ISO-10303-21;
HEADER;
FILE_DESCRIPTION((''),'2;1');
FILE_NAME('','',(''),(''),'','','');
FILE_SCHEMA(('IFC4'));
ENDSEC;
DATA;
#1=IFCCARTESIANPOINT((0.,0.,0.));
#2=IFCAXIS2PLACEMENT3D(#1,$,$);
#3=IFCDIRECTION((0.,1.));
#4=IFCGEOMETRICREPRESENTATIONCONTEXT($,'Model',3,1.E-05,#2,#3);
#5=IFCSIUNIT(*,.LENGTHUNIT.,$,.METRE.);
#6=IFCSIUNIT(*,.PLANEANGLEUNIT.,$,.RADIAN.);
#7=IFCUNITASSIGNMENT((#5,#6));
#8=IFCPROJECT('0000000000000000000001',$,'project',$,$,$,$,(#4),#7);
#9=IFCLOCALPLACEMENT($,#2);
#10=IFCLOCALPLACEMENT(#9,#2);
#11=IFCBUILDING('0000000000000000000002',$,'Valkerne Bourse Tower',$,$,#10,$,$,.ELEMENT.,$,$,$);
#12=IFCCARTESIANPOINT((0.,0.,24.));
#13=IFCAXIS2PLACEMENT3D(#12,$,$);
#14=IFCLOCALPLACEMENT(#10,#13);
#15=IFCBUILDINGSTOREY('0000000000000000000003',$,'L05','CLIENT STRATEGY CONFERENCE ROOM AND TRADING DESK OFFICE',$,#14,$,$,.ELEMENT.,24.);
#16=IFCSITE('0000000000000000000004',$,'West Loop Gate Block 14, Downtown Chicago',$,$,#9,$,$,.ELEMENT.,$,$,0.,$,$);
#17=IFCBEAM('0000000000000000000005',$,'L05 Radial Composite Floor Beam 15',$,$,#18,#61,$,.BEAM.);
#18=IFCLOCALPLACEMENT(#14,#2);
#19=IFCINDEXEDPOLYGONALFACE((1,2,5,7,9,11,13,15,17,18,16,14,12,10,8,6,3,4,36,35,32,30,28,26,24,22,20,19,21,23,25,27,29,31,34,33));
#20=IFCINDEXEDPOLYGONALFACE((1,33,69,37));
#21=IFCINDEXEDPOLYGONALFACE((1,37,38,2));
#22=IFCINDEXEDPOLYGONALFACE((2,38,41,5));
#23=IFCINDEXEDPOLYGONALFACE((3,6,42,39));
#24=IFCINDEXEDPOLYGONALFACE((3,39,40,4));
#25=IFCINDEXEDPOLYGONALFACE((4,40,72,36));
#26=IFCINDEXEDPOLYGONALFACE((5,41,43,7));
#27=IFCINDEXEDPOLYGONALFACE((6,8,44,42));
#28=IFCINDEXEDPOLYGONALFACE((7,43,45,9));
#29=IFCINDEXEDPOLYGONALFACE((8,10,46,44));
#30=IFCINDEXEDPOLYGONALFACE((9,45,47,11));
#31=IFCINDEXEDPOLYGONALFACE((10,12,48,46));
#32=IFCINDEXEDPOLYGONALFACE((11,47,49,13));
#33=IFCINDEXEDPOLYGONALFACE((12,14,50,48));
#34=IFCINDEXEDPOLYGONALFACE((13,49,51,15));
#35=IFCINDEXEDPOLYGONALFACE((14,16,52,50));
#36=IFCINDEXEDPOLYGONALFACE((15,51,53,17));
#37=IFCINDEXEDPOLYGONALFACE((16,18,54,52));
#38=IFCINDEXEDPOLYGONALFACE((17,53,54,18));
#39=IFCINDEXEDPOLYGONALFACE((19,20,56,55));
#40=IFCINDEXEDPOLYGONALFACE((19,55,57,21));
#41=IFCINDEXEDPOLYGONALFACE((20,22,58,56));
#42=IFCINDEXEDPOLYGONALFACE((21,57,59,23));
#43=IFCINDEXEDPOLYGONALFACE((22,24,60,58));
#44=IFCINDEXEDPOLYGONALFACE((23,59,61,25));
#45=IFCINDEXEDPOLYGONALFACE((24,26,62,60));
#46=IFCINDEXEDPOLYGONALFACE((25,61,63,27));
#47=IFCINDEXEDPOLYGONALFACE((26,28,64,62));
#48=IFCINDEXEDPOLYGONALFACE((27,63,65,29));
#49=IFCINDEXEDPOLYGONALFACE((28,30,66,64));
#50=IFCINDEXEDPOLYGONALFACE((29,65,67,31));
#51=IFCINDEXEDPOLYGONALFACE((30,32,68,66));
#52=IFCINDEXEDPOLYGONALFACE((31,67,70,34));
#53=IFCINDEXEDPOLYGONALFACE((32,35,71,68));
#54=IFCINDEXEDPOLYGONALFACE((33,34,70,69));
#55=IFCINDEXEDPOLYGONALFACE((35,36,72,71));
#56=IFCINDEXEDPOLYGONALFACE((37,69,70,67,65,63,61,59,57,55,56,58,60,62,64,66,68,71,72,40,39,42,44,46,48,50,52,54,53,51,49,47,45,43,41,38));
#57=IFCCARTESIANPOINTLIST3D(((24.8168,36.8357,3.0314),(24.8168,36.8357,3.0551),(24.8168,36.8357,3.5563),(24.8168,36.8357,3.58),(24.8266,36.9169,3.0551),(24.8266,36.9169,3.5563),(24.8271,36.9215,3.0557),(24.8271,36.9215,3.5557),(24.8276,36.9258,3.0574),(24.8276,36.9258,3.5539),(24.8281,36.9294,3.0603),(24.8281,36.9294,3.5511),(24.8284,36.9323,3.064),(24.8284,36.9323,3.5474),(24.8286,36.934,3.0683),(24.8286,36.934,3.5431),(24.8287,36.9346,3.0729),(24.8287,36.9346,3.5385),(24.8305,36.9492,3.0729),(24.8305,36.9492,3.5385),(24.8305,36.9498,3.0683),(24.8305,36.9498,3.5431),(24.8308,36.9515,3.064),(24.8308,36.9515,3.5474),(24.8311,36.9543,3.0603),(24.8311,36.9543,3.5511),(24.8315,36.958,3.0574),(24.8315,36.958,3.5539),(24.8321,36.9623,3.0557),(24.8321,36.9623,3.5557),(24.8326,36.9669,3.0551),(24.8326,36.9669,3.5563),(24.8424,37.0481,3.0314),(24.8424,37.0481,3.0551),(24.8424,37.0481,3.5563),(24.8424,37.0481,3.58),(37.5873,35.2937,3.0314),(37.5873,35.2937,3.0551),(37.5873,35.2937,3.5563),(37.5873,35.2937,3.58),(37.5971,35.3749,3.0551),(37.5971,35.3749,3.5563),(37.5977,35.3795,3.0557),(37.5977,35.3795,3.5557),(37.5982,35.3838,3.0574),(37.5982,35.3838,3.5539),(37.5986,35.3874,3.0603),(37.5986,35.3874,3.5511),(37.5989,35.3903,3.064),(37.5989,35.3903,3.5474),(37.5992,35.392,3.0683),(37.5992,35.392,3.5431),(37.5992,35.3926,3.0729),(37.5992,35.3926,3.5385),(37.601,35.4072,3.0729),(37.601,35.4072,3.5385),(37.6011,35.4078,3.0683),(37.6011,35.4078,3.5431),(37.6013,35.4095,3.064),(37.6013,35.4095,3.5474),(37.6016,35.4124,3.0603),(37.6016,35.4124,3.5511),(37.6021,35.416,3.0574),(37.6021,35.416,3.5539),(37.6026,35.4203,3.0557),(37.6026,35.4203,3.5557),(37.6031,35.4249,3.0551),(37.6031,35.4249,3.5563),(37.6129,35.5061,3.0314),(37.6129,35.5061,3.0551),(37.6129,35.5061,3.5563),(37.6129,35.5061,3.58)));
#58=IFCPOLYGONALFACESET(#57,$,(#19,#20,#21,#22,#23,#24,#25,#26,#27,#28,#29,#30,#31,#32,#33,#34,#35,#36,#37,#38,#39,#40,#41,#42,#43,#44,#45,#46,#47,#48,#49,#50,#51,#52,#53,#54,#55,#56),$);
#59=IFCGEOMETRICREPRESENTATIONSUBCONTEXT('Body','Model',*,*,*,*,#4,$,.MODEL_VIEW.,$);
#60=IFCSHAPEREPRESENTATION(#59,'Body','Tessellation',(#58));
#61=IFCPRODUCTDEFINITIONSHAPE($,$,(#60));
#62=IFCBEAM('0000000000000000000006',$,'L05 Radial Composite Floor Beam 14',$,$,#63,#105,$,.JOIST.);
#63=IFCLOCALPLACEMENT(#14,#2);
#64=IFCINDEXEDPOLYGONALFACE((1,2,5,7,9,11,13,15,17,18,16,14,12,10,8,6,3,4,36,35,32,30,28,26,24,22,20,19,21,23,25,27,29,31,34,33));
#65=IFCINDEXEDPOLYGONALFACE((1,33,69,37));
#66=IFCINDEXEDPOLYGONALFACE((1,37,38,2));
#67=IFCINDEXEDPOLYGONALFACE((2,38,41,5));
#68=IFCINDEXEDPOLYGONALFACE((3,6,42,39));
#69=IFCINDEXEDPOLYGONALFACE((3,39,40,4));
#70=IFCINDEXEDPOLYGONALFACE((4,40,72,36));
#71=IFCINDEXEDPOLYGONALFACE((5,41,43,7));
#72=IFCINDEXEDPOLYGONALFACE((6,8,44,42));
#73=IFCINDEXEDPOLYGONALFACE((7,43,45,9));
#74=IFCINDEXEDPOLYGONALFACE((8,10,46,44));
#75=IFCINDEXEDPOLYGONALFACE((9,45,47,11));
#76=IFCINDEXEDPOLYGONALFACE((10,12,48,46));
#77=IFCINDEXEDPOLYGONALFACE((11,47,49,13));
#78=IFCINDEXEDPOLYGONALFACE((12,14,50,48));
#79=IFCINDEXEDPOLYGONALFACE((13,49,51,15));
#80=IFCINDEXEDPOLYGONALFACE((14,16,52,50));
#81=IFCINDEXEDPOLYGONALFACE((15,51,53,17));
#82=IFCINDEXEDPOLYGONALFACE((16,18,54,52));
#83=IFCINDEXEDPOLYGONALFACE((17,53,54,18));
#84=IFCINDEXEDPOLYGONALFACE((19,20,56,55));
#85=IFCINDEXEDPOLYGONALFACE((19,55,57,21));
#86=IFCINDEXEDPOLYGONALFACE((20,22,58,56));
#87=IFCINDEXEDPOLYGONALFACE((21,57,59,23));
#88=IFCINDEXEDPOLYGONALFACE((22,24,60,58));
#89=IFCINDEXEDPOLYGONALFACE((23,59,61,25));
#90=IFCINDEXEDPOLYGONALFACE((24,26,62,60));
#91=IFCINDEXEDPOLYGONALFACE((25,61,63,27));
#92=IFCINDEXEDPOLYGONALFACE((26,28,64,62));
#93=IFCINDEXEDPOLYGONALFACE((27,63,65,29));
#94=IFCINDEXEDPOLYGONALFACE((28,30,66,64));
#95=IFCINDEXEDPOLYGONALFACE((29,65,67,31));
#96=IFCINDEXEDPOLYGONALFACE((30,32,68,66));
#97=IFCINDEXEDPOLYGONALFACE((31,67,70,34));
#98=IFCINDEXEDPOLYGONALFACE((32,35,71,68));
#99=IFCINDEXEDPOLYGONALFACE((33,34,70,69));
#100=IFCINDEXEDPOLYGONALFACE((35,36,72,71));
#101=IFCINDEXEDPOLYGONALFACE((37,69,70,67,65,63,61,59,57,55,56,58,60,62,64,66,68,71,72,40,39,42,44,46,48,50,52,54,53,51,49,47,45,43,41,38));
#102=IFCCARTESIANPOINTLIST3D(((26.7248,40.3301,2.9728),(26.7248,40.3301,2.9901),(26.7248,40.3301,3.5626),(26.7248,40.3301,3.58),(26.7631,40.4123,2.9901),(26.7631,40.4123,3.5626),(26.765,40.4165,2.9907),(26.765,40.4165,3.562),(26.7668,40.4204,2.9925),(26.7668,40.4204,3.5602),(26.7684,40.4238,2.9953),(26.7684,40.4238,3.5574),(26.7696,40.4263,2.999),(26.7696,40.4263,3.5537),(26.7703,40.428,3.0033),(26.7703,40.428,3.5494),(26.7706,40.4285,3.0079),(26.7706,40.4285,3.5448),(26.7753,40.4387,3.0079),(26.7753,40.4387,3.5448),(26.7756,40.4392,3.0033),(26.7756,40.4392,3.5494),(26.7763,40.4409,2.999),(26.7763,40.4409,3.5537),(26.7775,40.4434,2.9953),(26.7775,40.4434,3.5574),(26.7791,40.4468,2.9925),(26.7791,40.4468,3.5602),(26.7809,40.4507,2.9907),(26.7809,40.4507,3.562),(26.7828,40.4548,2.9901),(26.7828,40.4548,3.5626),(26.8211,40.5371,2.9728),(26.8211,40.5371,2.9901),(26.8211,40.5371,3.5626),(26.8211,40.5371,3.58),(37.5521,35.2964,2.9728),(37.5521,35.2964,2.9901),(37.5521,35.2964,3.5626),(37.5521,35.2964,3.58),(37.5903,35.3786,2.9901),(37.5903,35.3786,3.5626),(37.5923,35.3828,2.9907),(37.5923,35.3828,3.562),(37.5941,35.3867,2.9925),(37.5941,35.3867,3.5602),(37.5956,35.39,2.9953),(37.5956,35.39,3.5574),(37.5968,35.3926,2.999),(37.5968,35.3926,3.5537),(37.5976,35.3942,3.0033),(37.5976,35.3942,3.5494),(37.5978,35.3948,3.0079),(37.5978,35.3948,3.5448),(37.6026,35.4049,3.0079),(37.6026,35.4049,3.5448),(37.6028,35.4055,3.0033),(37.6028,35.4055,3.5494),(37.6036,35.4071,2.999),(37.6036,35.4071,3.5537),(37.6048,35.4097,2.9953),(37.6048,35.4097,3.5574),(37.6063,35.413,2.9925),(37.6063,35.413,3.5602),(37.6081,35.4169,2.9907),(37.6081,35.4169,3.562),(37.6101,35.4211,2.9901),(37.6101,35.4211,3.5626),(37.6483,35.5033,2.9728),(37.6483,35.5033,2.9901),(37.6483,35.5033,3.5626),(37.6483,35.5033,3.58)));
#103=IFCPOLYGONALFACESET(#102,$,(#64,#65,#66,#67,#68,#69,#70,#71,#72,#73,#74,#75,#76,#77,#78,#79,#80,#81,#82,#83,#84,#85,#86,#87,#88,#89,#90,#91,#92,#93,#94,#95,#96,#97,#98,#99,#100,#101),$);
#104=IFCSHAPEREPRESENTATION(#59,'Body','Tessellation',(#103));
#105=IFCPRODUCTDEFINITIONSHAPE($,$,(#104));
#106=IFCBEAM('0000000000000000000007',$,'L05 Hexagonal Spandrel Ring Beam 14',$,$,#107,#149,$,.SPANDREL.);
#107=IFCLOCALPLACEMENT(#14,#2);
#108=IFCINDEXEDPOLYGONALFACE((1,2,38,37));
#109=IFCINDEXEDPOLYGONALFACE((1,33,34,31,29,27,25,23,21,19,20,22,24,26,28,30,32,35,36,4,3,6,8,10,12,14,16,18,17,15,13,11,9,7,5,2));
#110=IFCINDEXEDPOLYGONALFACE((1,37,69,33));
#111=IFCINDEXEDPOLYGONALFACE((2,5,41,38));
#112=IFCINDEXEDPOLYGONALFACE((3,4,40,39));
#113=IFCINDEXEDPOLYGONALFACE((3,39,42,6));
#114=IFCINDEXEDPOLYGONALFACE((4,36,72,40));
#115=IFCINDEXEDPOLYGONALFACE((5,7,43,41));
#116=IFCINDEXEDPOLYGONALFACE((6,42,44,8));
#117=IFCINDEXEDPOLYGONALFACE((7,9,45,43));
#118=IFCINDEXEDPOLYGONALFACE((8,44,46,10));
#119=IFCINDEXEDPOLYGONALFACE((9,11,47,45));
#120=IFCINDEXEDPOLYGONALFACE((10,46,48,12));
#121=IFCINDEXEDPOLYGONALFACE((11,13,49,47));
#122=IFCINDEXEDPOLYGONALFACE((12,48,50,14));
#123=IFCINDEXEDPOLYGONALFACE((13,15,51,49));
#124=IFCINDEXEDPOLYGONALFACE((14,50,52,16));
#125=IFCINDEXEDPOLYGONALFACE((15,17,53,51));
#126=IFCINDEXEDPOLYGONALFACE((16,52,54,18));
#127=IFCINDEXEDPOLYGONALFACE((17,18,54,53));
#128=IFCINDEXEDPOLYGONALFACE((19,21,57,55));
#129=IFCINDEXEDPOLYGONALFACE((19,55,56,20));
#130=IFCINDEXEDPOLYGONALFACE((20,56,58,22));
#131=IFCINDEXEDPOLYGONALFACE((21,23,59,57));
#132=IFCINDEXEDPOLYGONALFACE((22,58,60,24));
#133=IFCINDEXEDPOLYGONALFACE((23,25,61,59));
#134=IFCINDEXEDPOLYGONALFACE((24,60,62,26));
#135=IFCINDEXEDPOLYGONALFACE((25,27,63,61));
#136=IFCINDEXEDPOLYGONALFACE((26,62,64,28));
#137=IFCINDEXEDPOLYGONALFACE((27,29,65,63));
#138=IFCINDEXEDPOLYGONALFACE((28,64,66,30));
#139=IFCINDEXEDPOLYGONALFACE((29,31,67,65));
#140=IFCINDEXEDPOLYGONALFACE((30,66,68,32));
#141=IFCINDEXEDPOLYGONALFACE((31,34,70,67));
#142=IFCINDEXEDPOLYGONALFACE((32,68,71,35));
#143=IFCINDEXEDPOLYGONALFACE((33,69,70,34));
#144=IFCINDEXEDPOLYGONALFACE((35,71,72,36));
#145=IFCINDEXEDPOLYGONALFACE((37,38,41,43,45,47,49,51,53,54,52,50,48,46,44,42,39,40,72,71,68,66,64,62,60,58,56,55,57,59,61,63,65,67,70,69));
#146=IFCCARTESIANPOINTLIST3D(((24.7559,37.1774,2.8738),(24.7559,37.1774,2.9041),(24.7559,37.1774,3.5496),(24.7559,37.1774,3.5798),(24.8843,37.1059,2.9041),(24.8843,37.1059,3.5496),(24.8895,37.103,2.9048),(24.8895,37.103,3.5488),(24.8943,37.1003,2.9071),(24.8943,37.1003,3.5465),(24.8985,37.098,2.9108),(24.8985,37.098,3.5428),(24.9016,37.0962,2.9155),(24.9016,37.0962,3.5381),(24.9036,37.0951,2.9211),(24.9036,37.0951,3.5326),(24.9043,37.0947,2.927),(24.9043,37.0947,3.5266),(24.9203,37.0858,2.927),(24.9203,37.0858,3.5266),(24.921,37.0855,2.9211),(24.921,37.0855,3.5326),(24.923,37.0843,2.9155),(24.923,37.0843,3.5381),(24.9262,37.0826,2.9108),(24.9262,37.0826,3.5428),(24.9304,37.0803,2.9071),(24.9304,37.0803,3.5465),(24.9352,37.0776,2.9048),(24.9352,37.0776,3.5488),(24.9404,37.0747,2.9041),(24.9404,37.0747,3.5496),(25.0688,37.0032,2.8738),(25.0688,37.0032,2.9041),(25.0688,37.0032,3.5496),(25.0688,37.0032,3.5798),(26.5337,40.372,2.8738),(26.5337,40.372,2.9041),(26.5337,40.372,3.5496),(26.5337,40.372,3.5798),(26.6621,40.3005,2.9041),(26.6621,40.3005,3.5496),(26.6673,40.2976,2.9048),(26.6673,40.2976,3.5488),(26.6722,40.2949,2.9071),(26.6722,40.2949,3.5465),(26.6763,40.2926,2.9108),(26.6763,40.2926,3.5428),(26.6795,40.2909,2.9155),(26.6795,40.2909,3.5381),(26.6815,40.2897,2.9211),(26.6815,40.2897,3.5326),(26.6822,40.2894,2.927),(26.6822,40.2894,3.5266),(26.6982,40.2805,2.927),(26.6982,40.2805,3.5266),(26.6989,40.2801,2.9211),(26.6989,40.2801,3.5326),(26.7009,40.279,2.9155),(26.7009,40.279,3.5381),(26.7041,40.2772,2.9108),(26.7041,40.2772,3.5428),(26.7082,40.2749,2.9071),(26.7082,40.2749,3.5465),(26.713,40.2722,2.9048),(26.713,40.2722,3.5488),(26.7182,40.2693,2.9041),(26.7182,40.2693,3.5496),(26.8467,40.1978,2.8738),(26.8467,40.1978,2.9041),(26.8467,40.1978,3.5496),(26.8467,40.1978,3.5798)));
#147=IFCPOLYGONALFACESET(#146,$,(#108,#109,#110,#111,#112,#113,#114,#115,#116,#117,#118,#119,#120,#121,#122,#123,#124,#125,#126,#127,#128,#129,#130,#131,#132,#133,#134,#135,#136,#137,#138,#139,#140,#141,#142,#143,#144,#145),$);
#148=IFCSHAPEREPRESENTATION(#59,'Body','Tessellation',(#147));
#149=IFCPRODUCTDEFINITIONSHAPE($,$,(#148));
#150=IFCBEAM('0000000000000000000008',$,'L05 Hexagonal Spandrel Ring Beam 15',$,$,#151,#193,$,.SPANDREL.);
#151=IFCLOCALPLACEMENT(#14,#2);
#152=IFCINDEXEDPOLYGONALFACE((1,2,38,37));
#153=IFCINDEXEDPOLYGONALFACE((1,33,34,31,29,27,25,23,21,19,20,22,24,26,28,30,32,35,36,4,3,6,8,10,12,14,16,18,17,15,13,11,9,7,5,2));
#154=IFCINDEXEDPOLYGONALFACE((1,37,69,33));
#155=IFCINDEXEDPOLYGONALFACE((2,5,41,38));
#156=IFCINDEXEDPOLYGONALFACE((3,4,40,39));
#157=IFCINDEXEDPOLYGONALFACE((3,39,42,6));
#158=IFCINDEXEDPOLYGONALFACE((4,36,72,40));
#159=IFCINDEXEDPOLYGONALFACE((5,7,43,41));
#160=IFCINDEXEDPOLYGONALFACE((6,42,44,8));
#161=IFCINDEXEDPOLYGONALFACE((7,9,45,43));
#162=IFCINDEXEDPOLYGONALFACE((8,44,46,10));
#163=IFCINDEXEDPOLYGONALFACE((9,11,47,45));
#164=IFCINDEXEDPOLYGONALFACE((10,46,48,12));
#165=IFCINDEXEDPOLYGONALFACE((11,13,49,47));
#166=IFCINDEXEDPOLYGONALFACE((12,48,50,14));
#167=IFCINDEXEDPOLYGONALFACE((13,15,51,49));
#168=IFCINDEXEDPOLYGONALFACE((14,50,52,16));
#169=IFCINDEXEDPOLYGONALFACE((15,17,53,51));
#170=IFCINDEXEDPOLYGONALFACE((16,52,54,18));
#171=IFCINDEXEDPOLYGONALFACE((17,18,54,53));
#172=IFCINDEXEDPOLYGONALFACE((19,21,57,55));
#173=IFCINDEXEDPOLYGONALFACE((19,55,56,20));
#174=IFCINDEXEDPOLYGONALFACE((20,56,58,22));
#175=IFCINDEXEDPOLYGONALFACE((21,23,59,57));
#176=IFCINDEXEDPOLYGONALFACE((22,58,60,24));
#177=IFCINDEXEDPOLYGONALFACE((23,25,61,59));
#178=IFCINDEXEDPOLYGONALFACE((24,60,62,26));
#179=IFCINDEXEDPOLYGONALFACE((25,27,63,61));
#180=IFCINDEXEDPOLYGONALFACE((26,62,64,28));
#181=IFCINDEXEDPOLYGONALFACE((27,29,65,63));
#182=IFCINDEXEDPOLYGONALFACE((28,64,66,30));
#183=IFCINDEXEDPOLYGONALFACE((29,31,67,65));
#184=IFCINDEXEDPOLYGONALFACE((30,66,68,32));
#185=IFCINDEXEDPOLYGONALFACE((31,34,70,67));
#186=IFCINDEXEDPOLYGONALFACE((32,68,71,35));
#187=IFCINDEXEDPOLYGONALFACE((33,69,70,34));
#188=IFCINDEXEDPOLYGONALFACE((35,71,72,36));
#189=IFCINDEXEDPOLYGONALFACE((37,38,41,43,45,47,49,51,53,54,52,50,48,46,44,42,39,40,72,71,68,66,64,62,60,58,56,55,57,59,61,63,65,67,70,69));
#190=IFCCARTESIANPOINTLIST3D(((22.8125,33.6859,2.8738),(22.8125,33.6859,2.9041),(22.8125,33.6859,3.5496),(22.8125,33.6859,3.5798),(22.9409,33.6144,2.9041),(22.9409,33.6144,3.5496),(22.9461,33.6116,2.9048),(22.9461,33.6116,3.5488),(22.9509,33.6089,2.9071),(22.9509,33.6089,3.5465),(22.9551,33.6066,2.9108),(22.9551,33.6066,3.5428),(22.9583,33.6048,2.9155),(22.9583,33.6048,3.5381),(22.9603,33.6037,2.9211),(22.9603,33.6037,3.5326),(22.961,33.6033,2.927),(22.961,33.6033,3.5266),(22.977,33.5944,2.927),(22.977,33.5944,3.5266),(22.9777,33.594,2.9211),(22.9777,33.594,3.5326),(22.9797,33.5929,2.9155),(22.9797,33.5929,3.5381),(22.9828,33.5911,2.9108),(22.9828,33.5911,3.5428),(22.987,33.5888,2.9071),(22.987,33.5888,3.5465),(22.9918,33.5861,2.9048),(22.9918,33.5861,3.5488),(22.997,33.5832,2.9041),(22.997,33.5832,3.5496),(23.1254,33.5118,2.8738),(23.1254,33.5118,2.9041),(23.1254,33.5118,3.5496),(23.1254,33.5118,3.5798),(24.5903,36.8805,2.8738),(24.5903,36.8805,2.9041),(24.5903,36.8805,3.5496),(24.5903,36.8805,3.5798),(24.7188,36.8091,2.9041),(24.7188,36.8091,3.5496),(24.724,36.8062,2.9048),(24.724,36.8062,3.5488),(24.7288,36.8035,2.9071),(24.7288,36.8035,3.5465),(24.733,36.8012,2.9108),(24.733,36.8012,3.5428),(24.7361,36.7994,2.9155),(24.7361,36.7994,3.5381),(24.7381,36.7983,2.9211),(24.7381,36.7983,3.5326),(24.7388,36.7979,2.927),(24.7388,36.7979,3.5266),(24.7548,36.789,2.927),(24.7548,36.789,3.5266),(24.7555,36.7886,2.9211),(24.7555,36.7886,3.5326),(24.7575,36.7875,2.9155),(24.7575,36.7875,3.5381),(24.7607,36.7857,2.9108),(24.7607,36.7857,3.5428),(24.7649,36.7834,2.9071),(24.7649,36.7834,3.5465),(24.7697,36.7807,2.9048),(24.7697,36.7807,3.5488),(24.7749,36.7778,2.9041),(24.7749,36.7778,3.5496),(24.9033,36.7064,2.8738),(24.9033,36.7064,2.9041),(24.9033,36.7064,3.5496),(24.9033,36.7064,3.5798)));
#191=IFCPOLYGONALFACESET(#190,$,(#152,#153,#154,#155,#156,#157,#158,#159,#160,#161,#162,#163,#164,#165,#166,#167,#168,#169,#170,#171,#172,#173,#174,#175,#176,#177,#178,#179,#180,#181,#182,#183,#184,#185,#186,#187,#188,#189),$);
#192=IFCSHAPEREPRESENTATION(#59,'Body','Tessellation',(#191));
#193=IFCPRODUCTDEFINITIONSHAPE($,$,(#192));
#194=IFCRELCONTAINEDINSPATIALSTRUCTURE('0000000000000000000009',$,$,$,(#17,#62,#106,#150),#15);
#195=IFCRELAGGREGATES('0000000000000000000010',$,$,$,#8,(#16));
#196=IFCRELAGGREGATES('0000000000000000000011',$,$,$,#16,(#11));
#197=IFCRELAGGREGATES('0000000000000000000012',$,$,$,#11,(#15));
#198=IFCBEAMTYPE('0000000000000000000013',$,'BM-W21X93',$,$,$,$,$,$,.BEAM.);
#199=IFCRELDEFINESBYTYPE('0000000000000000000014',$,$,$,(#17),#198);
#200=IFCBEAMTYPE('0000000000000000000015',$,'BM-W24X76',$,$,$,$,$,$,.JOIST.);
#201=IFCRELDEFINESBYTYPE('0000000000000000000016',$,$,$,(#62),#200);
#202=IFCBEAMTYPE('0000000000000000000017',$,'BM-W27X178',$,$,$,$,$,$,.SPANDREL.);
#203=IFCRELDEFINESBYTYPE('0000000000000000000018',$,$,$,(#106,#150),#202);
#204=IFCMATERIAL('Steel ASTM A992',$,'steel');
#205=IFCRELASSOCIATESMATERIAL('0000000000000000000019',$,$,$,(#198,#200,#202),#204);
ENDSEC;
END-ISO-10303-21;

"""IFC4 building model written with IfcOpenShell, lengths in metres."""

from ifc_helpers import new_model, si_unit, direction, frame, origin, origin_2d, place, context, subcontext, project, spatial, i_section, extrude, material, material_profile, profile_set, type_object, element, save


model = new_model("IFC4")

# Units and contexts
model_context = context("Model", 3, precision=1e-05, world=origin(), true_north=direction((0.0, 1.0)))
body_context = subcontext(model_context, "Body", "Model", "MODEL_VIEW")
ifc_project = project(units=[si_unit("LENGTHUNIT", "METRE"), si_unit("PLANEANGLEUNIT", "RADIAN")], contexts=[model_context])

# Site, building, storey
site_placement = place(None, origin())
site = spatial("IfcSite", under=ifc_project, at=site_placement, Name="West Loop Gate Block 14, Downtown Chicago", CompositionType="ELEMENT", RefElevation=0.0)
building_placement = place(site_placement, origin())
building = spatial("IfcBuilding", under=site, at=building_placement, Name="Valkerne Bourse Tower", CompositionType="ELEMENT")
storey_placement = place(building_placement, frame((0.0, 0.0, 24.0)))
storey = spatial("IfcBuildingStorey", under=building, at=storey_placement, Name="L05", Description="CLIENT STRATEGY CONFERENCE ROOM AND TRADING DESK OFFICE", CompositionType="ELEMENT", Elevation=24.0)

# Beams
ifc_material_1 = material(Name="Steel ASTM A992", Category="steel")
ifc_material_profile_1 = material_profile(ifc_material_1, i_section(OverallWidth=0.2139, OverallDepth=0.5486, WebThickness=0.0146, FlangeThickness=0.0237, FilletRadius=0.0178, at=origin_2d()), Name="W21X93")
ifc_profile_set_1 = profile_set([ifc_material_profile_1], Name="Steel ASTM A992")
beam_type_1 = type_object("IfcBeamType", Name="BM-W21X93", PredefinedType="BEAM", material=ifc_profile_set_1)
beam_1_placement = place(storey_placement, frame((24.8296, 36.9419, 3.3057), z_axis=(0.992789, -0.119876, 0.0), x_axis=(0.119876, 0.992789, 0.0)))
element("IfcBeam", 1, at=beam_1_placement, inside=storey, type_object=beam_type_1, Name="L05 Radial Composite Floor Beam 15", PredefinedType="BEAM", context=body_context, shape_type="SweptSolid", body=[
    extrude(i_section(OverallWidth=0.2139, OverallDepth=0.5486, WebThickness=0.0146, FlangeThickness=0.0237, FilletRadius=0.0178, at=origin_2d()), origin(), (0.0, 0.0, 1.0), 12.8633),
])
ifc_material_profile_2 = material_profile(ifc_material_1, i_section(OverallWidth=0.2283, OverallDepth=0.6072, WebThickness=0.0112, FlangeThickness=0.0173, FilletRadius=0.0178, at=origin_2d()), Name="W24X76")
ifc_profile_set_2 = profile_set([ifc_material_profile_2], Name="Steel ASTM A992")
beam_type_2 = type_object("IfcBeamType", Name="BM-W24X76", PredefinedType="JOIST", material=ifc_profile_set_2)
beam_2_placement = place(storey_placement, frame((26.7729, 40.4336, 3.2764), z_axis=(0.906791, -0.42158, 0.0), x_axis=(0.42158, 0.906791, 0.0)))
element("IfcBeam", 2, at=beam_2_placement, inside=storey, type_object=beam_type_2, Name="L05 Radial Composite Floor Beam 14", PredefinedType="JOIST", context=body_context, shape_type="SweptSolid", body=[
    extrude(i_section(OverallWidth=0.2283, OverallDepth=0.6072, WebThickness=0.0112, FlangeThickness=0.0173, FilletRadius=0.0178, at=origin_2d()), origin(), (0.0, 0.0, 1.0), 11.9402),
])
ifc_material_profile_3 = material_profile(ifc_material_1, i_section(OverallWidth=0.3582, OverallDepth=0.7061, WebThickness=0.0183, FlangeThickness=0.0303, FilletRadius=0.0229, at=origin_2d()), Name="W27X178")
ifc_profile_set_3 = profile_set([ifc_material_profile_3], Name="Steel ASTM A992")
beam_type_3 = type_object("IfcBeamType", Name="BM-W27X178", PredefinedType="SPANDREL", material=ifc_profile_set_3)
for number, where, z_axis, x_axis, name in (
    (3, (26.6902, 40.2849, 3.2268), (-0.486283, -0.873801, 0.0), (0.873801, -0.486283, 0.0), "L05 Hexagonal Spandrel Ring Beam 14"),
    (4, (24.7468, 36.7935, 3.2268), (-0.486283, -0.873801, 0.0), (0.873801, -0.486283, 0.0), "L05 Hexagonal Spandrel Ring Beam 15"),
):
    element("IfcBeam", number, at=place(storey_placement, frame(where, z_axis=z_axis, x_axis=x_axis)), inside=storey, type_object=beam_type_3, Name=name, PredefinedType="SPANDREL", context=body_context, shape_type="SweptSolid", body=[
        extrude(i_section(OverallWidth=0.3582, OverallDepth=0.7061, WebThickness=0.0183, FlangeThickness=0.0303, FilletRadius=0.0229, at=origin_2d()), origin(), (0.0, 0.0, 1.0), 3.656),
    ])

save(model, "model.ifc")
